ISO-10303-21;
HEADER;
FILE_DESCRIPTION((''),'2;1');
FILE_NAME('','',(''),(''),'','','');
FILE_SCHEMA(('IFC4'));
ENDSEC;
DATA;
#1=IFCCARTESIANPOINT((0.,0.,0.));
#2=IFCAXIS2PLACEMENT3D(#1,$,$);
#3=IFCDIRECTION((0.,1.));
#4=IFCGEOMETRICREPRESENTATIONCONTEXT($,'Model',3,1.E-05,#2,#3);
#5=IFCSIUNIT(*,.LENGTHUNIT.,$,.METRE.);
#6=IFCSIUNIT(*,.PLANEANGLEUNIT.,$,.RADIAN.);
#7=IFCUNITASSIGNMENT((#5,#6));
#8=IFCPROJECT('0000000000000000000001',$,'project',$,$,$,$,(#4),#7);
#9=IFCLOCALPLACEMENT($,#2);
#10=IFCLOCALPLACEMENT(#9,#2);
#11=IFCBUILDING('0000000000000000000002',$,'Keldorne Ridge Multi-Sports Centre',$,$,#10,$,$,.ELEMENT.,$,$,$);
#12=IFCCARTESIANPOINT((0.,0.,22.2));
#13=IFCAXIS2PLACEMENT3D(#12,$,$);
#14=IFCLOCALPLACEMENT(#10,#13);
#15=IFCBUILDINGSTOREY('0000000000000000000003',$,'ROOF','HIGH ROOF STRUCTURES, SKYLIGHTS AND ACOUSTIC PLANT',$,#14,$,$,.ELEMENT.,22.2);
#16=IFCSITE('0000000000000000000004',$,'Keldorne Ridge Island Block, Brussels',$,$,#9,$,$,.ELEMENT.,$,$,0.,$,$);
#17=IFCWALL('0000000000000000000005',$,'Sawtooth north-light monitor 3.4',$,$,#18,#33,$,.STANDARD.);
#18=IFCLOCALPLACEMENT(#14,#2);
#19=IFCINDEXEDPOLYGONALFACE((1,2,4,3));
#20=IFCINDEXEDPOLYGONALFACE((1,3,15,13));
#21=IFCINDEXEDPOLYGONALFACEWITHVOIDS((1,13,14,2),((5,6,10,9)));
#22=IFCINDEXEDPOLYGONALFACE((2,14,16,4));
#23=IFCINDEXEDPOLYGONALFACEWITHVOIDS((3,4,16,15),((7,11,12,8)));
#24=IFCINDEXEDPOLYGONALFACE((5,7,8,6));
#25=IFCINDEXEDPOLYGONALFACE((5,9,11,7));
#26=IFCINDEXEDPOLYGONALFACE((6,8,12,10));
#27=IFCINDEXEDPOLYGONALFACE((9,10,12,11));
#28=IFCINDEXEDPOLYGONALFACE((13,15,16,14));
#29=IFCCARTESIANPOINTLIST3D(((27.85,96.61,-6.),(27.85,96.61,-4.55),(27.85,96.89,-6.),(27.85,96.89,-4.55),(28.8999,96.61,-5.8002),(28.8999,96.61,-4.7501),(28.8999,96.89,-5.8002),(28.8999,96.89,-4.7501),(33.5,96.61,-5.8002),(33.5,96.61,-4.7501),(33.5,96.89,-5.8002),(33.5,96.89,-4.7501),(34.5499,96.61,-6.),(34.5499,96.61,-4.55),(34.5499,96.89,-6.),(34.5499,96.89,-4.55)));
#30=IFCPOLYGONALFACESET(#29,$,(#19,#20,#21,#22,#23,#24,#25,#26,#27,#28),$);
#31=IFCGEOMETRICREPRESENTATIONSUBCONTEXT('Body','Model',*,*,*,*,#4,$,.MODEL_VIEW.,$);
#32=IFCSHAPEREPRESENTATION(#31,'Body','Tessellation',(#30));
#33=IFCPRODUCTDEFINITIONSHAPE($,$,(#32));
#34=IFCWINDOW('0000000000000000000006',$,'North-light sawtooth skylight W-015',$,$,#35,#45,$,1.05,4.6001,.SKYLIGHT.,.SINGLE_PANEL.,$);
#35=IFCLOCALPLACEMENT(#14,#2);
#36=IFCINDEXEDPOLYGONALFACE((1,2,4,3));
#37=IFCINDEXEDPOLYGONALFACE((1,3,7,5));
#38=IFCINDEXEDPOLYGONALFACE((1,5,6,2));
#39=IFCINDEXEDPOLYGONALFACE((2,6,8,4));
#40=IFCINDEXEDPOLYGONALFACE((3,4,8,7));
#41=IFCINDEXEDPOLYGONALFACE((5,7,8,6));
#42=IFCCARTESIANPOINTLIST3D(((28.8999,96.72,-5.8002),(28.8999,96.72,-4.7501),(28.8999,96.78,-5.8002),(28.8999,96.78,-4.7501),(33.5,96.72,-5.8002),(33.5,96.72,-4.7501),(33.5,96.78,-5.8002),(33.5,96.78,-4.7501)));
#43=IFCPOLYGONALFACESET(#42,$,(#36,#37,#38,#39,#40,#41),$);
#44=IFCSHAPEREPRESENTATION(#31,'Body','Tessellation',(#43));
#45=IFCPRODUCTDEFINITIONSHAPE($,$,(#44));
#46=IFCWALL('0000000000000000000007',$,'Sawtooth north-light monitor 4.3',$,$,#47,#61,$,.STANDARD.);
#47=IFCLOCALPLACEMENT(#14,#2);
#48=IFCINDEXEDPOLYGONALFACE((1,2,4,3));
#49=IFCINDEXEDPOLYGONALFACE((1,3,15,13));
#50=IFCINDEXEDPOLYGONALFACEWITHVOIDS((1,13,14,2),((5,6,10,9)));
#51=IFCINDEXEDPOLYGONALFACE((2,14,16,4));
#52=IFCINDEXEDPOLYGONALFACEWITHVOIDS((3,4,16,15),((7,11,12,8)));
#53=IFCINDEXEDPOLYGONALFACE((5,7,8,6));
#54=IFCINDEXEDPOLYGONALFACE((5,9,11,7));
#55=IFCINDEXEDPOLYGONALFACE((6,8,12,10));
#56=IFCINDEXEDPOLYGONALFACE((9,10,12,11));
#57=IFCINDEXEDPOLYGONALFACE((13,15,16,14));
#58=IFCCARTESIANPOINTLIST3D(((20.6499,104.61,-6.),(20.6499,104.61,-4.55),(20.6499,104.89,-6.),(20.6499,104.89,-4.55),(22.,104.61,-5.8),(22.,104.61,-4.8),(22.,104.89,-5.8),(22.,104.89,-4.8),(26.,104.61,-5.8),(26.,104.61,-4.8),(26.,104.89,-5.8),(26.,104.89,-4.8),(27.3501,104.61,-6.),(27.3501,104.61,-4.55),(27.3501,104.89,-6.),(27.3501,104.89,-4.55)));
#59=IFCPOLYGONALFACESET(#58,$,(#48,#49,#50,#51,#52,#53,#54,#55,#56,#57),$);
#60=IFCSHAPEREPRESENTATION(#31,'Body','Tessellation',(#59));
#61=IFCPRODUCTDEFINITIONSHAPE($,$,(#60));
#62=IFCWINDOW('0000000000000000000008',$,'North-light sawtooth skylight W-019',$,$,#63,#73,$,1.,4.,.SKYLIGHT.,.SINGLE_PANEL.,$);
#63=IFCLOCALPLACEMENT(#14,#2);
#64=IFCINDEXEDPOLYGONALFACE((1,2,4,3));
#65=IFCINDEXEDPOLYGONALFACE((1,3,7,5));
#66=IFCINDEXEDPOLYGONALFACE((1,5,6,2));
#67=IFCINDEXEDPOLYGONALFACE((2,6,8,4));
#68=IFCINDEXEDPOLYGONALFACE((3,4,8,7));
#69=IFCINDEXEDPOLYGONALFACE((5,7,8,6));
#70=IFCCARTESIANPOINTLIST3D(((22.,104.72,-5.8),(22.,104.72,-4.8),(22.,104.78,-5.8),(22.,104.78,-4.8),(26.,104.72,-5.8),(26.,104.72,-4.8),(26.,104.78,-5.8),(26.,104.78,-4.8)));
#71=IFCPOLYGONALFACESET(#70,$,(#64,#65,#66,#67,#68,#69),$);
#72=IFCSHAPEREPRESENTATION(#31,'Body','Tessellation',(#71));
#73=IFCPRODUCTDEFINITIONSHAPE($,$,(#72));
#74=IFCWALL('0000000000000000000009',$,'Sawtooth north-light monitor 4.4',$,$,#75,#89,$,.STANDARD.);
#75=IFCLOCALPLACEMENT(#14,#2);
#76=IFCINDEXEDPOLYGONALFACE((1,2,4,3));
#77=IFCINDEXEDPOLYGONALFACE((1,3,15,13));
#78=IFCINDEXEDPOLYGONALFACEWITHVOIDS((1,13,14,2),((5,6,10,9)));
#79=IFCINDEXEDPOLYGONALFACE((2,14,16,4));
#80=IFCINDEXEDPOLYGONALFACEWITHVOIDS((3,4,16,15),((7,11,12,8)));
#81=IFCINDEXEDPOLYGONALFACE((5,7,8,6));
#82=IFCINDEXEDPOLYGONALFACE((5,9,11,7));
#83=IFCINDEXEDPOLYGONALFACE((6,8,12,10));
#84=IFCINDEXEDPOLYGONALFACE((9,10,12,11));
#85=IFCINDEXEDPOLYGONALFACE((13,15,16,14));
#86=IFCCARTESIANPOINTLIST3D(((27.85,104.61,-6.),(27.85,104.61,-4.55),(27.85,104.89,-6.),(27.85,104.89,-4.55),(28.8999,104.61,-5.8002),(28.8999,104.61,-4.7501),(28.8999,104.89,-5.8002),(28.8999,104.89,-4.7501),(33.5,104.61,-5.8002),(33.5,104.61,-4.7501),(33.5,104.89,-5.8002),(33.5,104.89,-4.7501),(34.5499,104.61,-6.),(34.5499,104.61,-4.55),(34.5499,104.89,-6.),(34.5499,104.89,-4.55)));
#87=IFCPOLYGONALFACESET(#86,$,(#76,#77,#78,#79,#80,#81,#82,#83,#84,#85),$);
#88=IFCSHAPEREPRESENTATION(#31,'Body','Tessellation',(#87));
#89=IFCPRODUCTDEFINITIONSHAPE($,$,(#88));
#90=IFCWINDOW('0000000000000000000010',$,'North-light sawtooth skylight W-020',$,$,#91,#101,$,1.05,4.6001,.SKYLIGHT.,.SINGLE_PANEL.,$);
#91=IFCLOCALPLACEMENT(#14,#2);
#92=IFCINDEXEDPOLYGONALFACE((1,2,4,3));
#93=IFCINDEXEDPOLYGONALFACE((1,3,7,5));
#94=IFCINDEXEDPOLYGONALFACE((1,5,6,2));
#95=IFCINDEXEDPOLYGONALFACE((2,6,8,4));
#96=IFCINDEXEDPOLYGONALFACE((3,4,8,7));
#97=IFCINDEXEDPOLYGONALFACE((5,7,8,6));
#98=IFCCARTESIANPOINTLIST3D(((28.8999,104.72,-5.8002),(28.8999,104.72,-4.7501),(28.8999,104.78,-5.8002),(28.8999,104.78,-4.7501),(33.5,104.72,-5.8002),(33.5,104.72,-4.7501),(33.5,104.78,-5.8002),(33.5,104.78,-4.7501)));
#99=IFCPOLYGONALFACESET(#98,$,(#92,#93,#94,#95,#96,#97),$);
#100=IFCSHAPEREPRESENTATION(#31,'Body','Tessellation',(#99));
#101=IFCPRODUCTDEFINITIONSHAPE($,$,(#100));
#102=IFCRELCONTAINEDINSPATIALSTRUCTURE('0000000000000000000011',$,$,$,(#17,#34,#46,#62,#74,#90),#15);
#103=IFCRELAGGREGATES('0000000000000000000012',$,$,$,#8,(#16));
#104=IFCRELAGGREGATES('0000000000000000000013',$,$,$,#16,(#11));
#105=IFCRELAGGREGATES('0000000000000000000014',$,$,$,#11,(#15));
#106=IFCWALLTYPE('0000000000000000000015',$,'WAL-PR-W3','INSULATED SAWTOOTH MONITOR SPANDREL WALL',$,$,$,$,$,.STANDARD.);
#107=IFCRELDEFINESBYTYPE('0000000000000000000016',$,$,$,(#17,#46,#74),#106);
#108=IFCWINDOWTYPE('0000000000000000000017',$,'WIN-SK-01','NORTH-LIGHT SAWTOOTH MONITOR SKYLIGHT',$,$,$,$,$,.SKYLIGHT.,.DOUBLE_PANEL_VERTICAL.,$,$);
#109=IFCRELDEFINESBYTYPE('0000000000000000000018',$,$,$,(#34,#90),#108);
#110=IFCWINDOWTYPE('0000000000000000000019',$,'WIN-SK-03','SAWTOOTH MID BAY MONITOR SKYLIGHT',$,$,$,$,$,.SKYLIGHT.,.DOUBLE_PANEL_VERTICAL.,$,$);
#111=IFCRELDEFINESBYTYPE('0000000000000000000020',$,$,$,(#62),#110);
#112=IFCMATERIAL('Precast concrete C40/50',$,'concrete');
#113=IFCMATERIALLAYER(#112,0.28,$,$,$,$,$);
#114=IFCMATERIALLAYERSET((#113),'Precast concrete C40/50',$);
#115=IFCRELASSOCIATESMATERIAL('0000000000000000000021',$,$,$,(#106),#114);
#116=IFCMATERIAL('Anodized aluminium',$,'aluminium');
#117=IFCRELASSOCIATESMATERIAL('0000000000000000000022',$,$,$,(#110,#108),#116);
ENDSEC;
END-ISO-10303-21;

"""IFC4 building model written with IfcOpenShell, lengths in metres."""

from ifc_helpers import new_model, si_unit, direction, frame, frame_2d, origin, place, context, subcontext, project, spatial, rectangle, extrude, material, layer, layer_set, type_object, element, fill, save


model = new_model("IFC4")

# Units and contexts
model_context = context("Model", 3, precision=1e-05, world=origin(), true_north=direction((0.0, 1.0)))
body_context = subcontext(model_context, "Body", "Model", "MODEL_VIEW")
ifc_project = project(units=[si_unit("LENGTHUNIT", "METRE"), si_unit("PLANEANGLEUNIT", "RADIAN")], contexts=[model_context])

# Site, building, storey
site_placement = place(None, origin())
site = spatial("IfcSite", under=ifc_project, at=site_placement, Name="Keldorne Ridge Island Block, Brussels", CompositionType="ELEMENT", RefElevation=0.0)
building_placement = place(site_placement, origin())
building = spatial("IfcBuilding", under=site, at=building_placement, Name="Keldorne Ridge Multi-Sports Centre", CompositionType="ELEMENT")
storey_placement = place(building_placement, frame((0.0, 0.0, 22.2)))
storey = spatial("IfcBuildingStorey", under=building, at=storey_placement, Name="ROOF", Description="HIGH ROOF STRUCTURES, SKYLIGHTS AND ACOUSTIC PLANT", CompositionType="ELEMENT", Elevation=22.2)

# Walls, openings, windows
ifc_material_1 = material(Name="Precast concrete C40/50", Category="concrete")
ifc_layer = layer(ifc_material_1, 0.28)
ifc_layer_set = layer_set([ifc_layer], Name="Precast concrete C40/50")
wall_type = type_object("IfcWallType", Name="WAL-PR-W3", Description="INSULATED SAWTOOTH MONITOR SPANDREL WALL", PredefinedType="STANDARD", material=ifc_layer_set)
ifc_material_2 = material(Name="Anodized aluminium", Category="aluminium")
window_type_1 = type_object("IfcWindowType", Name="WIN-SK-03", Description="SAWTOOTH MID BAY MONITOR SKYLIGHT", PartitioningType="DOUBLE_PANEL_VERTICAL", PredefinedType="SKYLIGHT", material=ifc_material_2)
wall_1_placement = place(storey_placement, frame((34.55, 96.75, -6.0), z_axis=(0.0, 0.0, 1.0), x_axis=(-1.0, 0.0, 0.0)))
wall_1 = element("IfcWall", 1, at=wall_1_placement, inside=storey, type_object=wall_type, Name="Sawtooth north-light monitor 3.4", PredefinedType="STANDARD", context=body_context, shape_type="SweptSolid", body=[
    extrude(rectangle(XDim=6.7, YDim=0.28, at=frame_2d((3.3501, 0.0))), origin(), (0.0, 0.0, 1.0), 1.45),
])
opening_1_placement = place(wall_1_placement, frame((1.05, 0.0, 0.2)))
opening_1 = element("IfcOpeningElement", 2, at=opening_1_placement, cuts=wall_1, PredefinedType="OPENING", context=body_context, shape_type="SweptSolid", body=[
    extrude(rectangle(XDim=4.6001, YDim=1.05, at=frame_2d((2.3, 0.5249))), frame((0.0, 0.1499, 0.0), z_axis=(0.0, -1.0, 0.0), x_axis=(1.0, 0.0, 0.0)), (0.0, 0.0, 1.0), 0.3),
])
window_type_2 = type_object("IfcWindowType", Name="WIN-SK-01", Description="NORTH-LIGHT SAWTOOTH MONITOR SKYLIGHT", PartitioningType="DOUBLE_PANEL_VERTICAL", PredefinedType="SKYLIGHT", material=ifc_material_2)
window_1_placement = place(opening_1_placement, origin())
window_1 = element("IfcWindow", 3, at=window_1_placement, inside=storey, type_object=window_type_2, Name="North-light sawtooth skylight W-015", OverallHeight=1.05, OverallWidth=4.6001, PartitioningType="SINGLE_PANEL", PredefinedType="SKYLIGHT", context=body_context, shape_type="SweptSolid", body=[
    extrude(rectangle(XDim=4.6001, YDim=1.05, at=frame_2d((2.3, 0.5249))), frame((0.0, 0.03, 0.0), z_axis=(0.0, -1.0, 0.0), x_axis=(1.0, 0.0, 0.0)), (0.0, 0.0, 1.0), 0.0601),
])
fill(opening_1, window_1)
wall_2_placement = place(storey_placement, frame((27.3501, 104.75, -6.0), z_axis=(0.0, 0.0, 1.0), x_axis=(-1.0, 0.0, 0.0)))
wall_2 = element("IfcWall", 4, at=wall_2_placement, inside=storey, type_object=wall_type, Name="Sawtooth north-light monitor 4.3", PredefinedType="STANDARD", context=body_context, shape_type="SweptSolid", body=[
    extrude(rectangle(XDim=6.7002, YDim=0.28, at=frame_2d((3.3501, 0.0))), origin(), (0.0, 0.0, 1.0), 1.45),
])
opening_2_placement = place(wall_2_placement, frame((1.3501, 0.0, 0.2)))
opening_2 = element("IfcOpeningElement", 5, at=opening_2_placement, cuts=wall_2, PredefinedType="OPENING", context=body_context, shape_type="SweptSolid", body=[
    extrude(rectangle(XDim=4.0, YDim=1.0, at=frame_2d((2.0, 0.5))), frame((0.0, 0.1499, 0.0), z_axis=(0.0, -1.0, 0.0), x_axis=(1.0, 0.0, 0.0)), (0.0, 0.0, 1.0), 0.3),
])
window_2_placement = place(opening_2_placement, origin())
window_2 = element("IfcWindow", 6, at=window_2_placement, inside=storey, type_object=window_type_1, Name="North-light sawtooth skylight W-019", OverallHeight=1.0, OverallWidth=4.0, PartitioningType="SINGLE_PANEL", PredefinedType="SKYLIGHT", context=body_context, shape_type="SweptSolid", body=[
    extrude(rectangle(XDim=4.0, YDim=1.0, at=frame_2d((2.0, 0.5))), frame((0.0, 0.03, 0.0), z_axis=(0.0, -1.0, 0.0), x_axis=(1.0, 0.0, 0.0)), (0.0, 0.0, 1.0), 0.0601),
])
fill(opening_2, window_2)
wall_3_placement = place(storey_placement, frame((34.55, 104.75, -6.0), z_axis=(0.0, 0.0, 1.0), x_axis=(-1.0, 0.0, 0.0)))
wall_3 = element("IfcWall", 7, at=wall_3_placement, inside=storey, type_object=wall_type, Name="Sawtooth north-light monitor 4.4", PredefinedType="STANDARD", context=body_context, shape_type="SweptSolid", body=[
    extrude(rectangle(XDim=6.7, YDim=0.28, at=frame_2d((3.3501, 0.0))), origin(), (0.0, 0.0, 1.0), 1.45),
])
opening_3_placement = place(wall_3_placement, frame((1.05, 0.0, 0.2)))
opening_3 = element("IfcOpeningElement", 8, at=opening_3_placement, cuts=wall_3, PredefinedType="OPENING", context=body_context, shape_type="SweptSolid", body=[
    extrude(rectangle(XDim=4.6001, YDim=1.05, at=frame_2d((2.3, 0.5249))), frame((0.0, 0.1499, 0.0), z_axis=(0.0, -1.0, 0.0), x_axis=(1.0, 0.0, 0.0)), (0.0, 0.0, 1.0), 0.3),
])
window_3_placement = place(opening_3_placement, origin())
window_3 = element("IfcWindow", 9, at=window_3_placement, inside=storey, type_object=window_type_2, Name="North-light sawtooth skylight W-020", OverallHeight=1.05, OverallWidth=4.6001, PartitioningType="SINGLE_PANEL", PredefinedType="SKYLIGHT", context=body_context, shape_type="SweptSolid", body=[
    extrude(rectangle(XDim=4.6001, YDim=1.05, at=frame_2d((2.3, 0.5249))), frame((0.0, 0.03, 0.0), z_axis=(0.0, -1.0, 0.0), x_axis=(1.0, 0.0, 0.0)), (0.0, 0.0, 1.0), 0.0601),
])
fill(opening_3, window_3)

save(model, "model.ifc")
